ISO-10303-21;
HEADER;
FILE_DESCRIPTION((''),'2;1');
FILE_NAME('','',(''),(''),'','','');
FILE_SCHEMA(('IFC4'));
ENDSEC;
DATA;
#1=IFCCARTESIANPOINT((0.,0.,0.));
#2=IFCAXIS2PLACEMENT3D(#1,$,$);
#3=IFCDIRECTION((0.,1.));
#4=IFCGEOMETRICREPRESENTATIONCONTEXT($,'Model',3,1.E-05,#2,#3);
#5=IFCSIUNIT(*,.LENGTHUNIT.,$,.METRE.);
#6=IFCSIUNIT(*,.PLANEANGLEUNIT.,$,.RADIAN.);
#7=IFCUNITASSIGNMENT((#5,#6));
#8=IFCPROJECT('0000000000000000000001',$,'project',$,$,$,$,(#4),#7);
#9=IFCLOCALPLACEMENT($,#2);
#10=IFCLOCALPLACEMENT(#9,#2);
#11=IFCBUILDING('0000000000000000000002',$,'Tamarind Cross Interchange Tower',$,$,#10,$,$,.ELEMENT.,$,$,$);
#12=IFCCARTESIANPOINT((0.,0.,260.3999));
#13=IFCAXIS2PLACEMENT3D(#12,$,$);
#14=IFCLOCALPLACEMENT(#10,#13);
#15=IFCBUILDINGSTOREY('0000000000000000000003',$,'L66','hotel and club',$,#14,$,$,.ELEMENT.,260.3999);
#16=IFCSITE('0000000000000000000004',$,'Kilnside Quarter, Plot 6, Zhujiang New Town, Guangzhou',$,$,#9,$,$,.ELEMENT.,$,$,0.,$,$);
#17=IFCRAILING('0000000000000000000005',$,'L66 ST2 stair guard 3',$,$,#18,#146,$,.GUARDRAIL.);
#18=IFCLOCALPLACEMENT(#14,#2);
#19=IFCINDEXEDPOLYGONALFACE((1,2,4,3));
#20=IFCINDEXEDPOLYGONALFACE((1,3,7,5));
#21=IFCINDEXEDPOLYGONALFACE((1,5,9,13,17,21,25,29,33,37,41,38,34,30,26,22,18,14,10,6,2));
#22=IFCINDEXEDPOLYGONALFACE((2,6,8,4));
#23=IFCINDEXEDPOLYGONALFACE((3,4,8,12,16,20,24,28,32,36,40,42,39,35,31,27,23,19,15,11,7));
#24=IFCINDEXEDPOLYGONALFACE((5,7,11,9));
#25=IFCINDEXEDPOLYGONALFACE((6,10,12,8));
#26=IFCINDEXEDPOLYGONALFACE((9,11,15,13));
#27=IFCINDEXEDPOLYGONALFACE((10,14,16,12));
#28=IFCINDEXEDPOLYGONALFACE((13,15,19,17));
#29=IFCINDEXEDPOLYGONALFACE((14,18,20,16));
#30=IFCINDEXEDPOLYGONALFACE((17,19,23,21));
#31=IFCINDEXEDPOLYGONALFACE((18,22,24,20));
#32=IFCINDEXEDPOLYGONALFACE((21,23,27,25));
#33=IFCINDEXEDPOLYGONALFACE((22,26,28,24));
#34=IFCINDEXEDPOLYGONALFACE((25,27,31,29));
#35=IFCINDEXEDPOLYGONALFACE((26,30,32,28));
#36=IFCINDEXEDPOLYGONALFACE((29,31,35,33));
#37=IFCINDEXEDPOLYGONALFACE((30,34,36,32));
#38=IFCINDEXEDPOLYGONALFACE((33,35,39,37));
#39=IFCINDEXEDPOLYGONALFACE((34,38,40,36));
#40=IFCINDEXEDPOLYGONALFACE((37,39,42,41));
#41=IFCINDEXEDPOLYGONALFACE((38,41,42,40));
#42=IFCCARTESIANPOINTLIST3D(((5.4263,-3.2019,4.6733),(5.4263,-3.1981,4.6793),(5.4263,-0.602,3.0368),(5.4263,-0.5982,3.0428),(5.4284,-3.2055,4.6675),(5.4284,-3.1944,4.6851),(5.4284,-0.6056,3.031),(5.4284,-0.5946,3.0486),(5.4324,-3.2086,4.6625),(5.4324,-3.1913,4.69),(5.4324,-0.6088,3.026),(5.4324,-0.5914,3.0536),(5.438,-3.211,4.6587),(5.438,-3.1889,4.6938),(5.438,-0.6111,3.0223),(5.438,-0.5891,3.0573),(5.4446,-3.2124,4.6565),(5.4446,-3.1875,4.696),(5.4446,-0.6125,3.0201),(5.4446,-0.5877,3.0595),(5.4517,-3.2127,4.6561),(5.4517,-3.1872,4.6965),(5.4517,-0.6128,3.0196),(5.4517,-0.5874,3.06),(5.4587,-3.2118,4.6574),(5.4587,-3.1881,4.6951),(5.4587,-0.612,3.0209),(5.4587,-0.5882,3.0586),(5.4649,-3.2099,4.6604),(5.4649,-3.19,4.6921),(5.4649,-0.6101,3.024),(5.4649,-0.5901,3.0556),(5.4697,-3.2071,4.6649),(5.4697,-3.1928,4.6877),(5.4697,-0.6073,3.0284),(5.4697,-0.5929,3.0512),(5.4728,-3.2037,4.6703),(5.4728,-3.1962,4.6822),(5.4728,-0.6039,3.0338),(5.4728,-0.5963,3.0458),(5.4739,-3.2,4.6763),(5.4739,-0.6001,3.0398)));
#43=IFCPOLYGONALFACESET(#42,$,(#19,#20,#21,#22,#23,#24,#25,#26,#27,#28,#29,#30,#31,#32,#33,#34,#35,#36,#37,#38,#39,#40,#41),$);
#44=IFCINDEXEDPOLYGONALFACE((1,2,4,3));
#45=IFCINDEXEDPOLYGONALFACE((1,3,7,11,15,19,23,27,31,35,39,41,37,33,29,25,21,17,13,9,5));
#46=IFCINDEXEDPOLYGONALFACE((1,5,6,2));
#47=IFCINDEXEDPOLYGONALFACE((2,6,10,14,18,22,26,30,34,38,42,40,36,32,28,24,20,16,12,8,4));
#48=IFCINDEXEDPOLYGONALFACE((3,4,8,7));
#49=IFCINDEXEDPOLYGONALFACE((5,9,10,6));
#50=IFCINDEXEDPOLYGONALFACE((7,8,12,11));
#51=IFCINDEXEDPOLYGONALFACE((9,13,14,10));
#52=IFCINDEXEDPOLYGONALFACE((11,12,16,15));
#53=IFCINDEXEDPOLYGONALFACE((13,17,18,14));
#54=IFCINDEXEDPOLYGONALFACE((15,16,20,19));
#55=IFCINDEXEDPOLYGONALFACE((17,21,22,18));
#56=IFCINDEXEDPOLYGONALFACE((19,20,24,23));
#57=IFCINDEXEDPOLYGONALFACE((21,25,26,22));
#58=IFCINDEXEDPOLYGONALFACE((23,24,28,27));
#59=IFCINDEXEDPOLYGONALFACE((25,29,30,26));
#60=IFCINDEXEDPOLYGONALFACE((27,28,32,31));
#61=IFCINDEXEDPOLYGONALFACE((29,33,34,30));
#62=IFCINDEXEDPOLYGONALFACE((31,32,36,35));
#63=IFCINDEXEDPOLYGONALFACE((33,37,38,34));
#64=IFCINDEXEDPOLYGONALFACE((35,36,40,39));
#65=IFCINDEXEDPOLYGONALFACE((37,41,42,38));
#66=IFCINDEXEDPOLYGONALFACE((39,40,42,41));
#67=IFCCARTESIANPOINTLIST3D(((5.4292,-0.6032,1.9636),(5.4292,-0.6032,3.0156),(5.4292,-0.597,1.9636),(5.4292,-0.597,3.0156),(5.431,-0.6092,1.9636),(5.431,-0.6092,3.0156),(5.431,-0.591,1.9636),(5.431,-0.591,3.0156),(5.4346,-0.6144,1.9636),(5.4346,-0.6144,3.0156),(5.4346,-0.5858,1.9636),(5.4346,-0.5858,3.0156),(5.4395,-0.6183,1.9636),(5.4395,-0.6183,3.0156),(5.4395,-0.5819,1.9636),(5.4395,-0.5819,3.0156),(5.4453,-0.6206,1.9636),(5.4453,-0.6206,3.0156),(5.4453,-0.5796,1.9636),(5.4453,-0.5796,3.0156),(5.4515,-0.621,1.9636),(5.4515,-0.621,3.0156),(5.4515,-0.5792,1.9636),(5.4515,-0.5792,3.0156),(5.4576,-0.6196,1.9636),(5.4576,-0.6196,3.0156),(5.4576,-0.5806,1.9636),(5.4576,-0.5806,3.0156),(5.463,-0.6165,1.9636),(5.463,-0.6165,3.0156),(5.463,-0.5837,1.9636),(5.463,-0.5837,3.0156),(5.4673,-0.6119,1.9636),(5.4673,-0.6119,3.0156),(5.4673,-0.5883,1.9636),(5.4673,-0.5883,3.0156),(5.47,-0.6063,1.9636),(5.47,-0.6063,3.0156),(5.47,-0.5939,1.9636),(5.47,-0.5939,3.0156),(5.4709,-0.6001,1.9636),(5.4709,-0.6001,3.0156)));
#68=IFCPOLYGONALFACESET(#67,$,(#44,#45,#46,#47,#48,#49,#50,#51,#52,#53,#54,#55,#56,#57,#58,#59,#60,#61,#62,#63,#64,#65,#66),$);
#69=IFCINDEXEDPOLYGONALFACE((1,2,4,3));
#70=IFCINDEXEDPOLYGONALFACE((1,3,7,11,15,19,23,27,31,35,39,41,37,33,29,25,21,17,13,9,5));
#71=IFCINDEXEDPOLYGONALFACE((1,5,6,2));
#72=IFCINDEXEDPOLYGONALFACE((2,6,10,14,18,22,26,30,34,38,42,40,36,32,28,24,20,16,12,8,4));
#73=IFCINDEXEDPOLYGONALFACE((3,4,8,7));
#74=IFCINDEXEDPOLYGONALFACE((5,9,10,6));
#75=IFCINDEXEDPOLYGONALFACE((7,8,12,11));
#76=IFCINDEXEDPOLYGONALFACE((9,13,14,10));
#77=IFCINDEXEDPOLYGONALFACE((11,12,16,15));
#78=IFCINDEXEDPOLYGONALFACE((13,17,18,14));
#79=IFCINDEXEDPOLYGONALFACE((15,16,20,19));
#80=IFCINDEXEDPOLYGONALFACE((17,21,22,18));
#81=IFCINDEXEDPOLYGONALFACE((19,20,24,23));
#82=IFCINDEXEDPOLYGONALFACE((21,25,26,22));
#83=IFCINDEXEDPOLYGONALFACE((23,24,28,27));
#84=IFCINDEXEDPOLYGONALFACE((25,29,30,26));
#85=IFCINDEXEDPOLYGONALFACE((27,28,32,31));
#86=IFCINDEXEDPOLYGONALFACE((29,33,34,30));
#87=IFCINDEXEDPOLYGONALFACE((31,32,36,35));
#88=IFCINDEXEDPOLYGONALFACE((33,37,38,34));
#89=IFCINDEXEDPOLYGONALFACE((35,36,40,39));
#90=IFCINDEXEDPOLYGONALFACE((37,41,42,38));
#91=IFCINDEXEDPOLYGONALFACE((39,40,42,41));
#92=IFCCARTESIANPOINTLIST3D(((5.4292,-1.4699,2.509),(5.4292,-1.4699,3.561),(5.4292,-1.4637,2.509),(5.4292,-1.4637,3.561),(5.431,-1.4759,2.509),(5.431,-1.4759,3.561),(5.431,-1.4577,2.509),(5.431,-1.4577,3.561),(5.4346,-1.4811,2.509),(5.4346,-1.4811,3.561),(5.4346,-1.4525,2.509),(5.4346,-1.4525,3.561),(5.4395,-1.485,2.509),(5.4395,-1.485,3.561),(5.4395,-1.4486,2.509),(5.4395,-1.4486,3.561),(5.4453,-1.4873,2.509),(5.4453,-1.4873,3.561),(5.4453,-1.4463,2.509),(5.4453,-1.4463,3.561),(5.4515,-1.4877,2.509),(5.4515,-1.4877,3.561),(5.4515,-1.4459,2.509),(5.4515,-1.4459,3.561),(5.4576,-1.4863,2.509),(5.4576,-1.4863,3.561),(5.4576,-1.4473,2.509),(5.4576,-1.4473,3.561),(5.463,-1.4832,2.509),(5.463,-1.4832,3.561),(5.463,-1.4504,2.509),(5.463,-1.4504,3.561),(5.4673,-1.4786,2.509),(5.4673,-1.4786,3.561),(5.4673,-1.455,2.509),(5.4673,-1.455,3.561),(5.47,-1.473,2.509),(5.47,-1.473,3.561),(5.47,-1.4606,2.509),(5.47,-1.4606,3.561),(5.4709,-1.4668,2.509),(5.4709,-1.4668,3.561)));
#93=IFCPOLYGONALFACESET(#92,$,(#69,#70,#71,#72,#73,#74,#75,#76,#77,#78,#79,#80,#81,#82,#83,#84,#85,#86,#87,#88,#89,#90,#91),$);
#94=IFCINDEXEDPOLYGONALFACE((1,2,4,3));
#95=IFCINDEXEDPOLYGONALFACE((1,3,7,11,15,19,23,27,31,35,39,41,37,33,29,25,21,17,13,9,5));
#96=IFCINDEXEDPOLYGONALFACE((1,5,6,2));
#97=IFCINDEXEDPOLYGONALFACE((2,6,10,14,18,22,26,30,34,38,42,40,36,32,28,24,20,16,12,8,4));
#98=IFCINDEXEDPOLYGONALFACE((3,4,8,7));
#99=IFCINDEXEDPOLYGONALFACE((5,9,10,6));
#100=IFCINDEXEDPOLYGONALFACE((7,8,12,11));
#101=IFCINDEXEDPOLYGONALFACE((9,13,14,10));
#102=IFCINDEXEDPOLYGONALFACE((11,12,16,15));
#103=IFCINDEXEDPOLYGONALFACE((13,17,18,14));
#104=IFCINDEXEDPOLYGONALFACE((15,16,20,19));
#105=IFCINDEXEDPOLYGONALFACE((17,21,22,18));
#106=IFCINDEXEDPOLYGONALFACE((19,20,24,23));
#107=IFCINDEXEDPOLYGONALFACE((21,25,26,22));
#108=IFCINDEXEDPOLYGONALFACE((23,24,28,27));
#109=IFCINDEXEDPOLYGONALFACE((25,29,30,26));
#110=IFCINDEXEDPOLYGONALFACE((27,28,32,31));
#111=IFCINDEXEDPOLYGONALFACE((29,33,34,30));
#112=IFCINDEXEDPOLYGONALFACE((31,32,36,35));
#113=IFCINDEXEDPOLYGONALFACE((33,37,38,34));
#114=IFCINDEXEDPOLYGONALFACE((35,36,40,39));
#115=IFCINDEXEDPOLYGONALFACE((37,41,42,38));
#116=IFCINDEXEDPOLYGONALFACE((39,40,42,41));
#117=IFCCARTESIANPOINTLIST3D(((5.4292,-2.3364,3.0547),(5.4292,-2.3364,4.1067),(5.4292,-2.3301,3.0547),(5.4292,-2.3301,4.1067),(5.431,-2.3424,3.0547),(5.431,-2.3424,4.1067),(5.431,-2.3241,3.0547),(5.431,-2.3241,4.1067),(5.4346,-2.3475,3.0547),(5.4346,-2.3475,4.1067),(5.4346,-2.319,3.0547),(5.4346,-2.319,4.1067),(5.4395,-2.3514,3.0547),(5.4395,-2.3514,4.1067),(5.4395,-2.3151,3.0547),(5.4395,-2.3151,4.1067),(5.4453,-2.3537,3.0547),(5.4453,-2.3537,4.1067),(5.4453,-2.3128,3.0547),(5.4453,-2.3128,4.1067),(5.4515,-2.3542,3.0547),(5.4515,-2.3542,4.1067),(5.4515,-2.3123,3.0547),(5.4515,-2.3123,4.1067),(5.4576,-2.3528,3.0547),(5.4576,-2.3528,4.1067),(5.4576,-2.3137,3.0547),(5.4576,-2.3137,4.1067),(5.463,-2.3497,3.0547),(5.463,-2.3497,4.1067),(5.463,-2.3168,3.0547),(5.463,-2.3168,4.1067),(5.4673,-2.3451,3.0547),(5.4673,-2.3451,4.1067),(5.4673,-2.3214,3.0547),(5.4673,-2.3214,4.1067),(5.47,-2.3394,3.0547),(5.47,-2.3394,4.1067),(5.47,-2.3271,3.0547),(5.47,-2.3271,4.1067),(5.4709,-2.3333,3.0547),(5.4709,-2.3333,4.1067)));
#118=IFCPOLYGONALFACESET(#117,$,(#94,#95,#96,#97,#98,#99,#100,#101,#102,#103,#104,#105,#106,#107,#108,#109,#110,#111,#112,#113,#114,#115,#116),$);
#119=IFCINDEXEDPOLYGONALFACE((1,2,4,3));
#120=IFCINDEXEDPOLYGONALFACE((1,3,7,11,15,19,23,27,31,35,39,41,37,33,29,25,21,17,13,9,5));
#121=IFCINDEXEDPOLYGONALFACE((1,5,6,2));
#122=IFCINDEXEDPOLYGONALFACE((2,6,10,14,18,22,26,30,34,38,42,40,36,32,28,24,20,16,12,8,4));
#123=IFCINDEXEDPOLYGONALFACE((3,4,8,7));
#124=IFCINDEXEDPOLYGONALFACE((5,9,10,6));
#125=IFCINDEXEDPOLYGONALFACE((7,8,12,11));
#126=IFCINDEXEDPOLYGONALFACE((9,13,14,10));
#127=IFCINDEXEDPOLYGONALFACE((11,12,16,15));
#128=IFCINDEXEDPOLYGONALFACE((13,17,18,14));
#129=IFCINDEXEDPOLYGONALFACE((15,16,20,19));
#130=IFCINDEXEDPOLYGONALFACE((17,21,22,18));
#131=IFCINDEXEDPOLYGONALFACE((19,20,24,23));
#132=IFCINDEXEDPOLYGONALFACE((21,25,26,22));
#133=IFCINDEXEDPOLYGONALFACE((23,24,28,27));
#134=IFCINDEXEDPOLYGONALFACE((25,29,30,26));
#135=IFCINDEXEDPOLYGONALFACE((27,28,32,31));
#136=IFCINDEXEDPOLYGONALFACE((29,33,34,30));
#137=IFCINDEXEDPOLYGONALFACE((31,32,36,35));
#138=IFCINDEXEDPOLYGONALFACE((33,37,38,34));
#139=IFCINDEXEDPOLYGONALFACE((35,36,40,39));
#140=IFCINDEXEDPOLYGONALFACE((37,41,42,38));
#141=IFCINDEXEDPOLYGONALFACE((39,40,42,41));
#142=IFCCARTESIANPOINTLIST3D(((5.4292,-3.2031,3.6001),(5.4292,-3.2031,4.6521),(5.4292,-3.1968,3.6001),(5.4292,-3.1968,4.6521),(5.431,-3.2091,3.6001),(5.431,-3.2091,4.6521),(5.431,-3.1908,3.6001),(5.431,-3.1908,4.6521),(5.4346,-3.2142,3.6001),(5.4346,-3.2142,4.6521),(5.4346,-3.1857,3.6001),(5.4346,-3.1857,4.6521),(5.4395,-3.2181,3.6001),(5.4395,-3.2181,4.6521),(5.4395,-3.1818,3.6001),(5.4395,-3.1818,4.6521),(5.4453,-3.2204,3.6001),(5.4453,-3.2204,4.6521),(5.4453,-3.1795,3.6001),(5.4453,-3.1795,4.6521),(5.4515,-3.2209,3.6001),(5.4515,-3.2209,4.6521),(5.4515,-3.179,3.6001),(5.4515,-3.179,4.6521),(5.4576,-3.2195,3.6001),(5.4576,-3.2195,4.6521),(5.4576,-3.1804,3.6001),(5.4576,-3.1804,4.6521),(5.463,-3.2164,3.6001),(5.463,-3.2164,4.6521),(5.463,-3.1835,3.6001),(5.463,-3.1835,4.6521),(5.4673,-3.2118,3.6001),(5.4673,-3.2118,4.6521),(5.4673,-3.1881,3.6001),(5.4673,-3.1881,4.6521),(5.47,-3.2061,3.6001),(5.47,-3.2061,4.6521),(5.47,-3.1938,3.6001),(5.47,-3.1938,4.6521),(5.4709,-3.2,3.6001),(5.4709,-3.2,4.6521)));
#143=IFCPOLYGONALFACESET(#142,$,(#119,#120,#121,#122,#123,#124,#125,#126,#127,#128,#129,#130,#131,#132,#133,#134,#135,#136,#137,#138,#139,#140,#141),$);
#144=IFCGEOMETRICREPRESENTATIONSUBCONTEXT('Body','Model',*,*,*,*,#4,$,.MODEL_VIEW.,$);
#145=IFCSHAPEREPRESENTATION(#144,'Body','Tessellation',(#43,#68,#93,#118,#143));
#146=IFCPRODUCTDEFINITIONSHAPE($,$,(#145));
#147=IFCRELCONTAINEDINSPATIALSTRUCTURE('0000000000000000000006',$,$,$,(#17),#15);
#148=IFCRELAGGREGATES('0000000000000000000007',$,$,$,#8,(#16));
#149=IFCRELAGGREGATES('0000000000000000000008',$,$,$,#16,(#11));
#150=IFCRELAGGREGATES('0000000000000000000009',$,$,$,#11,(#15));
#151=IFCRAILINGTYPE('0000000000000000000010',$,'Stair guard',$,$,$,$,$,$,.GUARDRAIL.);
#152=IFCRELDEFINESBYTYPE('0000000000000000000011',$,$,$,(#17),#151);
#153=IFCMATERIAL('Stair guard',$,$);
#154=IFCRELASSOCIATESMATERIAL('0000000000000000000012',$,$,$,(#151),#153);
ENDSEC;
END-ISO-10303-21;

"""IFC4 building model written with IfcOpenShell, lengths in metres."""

from ifc_helpers import new_model, si_unit, direction, frame, origin, origin_2d, place, context, subcontext, project, spatial, circle, extrude, material, type_object, element, save


model = new_model("IFC4")

# Units and contexts
model_context = context("Model", 3, precision=1e-05, world=origin(), true_north=direction((0.0, 1.0)))
body_context = subcontext(model_context, "Body", "Model", "MODEL_VIEW")
ifc_project = project(units=[si_unit("LENGTHUNIT", "METRE"), si_unit("PLANEANGLEUNIT", "RADIAN")], contexts=[model_context])

# Site, building, storey
site_placement = place(None, origin())
site = spatial("IfcSite", under=ifc_project, at=site_placement, Name="Kilnside Quarter, Plot 6, Zhujiang New Town, Guangzhou", CompositionType="ELEMENT", RefElevation=0.0)
building_placement = place(site_placement, origin())
building = spatial("IfcBuilding", under=site, at=building_placement, Name="Tamarind Cross Interchange Tower", CompositionType="ELEMENT")
storey_placement = place(building_placement, frame((0.0, 0.0, 260.3999)))
storey = spatial("IfcBuildingStorey", under=building, at=storey_placement, Name="L66", Description="hotel and club", CompositionType="ELEMENT", Elevation=260.3999)

# Railing
ifc_material_1 = material(Name="Stair guard")
railing_type_1 = type_object("IfcRailingType", Name="Stair guard", PredefinedType="GUARDRAIL", material=ifc_material_1)
railing_1_placement = place(storey_placement, frame((5.45, -0.6001, 1.9636)))
element("IfcRailing", 1, at=railing_1_placement, inside=storey, type_object=railing_type_1, Name="L66 ST2 stair guard 3", PredefinedType="GUARDRAIL", context=body_context, shape_type="SweptSolid", body=[
    extrude(circle(Radius=0.0239, at=origin_2d()), frame((0.0, 0.0, 1.0762), z_axis=(0.0, -0.846302, 0.532704), x_axis=(1.0, 0.0, 0.0)), (0.0, 0.0, 1.0), 3.072),
    extrude(circle(Radius=0.021, at=origin_2d()), origin(), (0.0, 0.0, 1.0), 1.052),
    extrude(circle(Radius=0.021, at=origin_2d()), frame((0.0, -0.8667, 0.5454)), (0.0, 0.0, 1.0), 1.052),
    extrude(circle(Radius=0.021, at=origin_2d()), frame((0.0, -1.7332, 1.0911)), (0.0, 0.0, 1.0), 1.052),
    extrude(circle(Radius=0.021, at=origin_2d()), frame((0.0, -2.5999, 1.6365)), (0.0, 0.0, 1.0), 1.052),
])

save(model, "model.ifc")
